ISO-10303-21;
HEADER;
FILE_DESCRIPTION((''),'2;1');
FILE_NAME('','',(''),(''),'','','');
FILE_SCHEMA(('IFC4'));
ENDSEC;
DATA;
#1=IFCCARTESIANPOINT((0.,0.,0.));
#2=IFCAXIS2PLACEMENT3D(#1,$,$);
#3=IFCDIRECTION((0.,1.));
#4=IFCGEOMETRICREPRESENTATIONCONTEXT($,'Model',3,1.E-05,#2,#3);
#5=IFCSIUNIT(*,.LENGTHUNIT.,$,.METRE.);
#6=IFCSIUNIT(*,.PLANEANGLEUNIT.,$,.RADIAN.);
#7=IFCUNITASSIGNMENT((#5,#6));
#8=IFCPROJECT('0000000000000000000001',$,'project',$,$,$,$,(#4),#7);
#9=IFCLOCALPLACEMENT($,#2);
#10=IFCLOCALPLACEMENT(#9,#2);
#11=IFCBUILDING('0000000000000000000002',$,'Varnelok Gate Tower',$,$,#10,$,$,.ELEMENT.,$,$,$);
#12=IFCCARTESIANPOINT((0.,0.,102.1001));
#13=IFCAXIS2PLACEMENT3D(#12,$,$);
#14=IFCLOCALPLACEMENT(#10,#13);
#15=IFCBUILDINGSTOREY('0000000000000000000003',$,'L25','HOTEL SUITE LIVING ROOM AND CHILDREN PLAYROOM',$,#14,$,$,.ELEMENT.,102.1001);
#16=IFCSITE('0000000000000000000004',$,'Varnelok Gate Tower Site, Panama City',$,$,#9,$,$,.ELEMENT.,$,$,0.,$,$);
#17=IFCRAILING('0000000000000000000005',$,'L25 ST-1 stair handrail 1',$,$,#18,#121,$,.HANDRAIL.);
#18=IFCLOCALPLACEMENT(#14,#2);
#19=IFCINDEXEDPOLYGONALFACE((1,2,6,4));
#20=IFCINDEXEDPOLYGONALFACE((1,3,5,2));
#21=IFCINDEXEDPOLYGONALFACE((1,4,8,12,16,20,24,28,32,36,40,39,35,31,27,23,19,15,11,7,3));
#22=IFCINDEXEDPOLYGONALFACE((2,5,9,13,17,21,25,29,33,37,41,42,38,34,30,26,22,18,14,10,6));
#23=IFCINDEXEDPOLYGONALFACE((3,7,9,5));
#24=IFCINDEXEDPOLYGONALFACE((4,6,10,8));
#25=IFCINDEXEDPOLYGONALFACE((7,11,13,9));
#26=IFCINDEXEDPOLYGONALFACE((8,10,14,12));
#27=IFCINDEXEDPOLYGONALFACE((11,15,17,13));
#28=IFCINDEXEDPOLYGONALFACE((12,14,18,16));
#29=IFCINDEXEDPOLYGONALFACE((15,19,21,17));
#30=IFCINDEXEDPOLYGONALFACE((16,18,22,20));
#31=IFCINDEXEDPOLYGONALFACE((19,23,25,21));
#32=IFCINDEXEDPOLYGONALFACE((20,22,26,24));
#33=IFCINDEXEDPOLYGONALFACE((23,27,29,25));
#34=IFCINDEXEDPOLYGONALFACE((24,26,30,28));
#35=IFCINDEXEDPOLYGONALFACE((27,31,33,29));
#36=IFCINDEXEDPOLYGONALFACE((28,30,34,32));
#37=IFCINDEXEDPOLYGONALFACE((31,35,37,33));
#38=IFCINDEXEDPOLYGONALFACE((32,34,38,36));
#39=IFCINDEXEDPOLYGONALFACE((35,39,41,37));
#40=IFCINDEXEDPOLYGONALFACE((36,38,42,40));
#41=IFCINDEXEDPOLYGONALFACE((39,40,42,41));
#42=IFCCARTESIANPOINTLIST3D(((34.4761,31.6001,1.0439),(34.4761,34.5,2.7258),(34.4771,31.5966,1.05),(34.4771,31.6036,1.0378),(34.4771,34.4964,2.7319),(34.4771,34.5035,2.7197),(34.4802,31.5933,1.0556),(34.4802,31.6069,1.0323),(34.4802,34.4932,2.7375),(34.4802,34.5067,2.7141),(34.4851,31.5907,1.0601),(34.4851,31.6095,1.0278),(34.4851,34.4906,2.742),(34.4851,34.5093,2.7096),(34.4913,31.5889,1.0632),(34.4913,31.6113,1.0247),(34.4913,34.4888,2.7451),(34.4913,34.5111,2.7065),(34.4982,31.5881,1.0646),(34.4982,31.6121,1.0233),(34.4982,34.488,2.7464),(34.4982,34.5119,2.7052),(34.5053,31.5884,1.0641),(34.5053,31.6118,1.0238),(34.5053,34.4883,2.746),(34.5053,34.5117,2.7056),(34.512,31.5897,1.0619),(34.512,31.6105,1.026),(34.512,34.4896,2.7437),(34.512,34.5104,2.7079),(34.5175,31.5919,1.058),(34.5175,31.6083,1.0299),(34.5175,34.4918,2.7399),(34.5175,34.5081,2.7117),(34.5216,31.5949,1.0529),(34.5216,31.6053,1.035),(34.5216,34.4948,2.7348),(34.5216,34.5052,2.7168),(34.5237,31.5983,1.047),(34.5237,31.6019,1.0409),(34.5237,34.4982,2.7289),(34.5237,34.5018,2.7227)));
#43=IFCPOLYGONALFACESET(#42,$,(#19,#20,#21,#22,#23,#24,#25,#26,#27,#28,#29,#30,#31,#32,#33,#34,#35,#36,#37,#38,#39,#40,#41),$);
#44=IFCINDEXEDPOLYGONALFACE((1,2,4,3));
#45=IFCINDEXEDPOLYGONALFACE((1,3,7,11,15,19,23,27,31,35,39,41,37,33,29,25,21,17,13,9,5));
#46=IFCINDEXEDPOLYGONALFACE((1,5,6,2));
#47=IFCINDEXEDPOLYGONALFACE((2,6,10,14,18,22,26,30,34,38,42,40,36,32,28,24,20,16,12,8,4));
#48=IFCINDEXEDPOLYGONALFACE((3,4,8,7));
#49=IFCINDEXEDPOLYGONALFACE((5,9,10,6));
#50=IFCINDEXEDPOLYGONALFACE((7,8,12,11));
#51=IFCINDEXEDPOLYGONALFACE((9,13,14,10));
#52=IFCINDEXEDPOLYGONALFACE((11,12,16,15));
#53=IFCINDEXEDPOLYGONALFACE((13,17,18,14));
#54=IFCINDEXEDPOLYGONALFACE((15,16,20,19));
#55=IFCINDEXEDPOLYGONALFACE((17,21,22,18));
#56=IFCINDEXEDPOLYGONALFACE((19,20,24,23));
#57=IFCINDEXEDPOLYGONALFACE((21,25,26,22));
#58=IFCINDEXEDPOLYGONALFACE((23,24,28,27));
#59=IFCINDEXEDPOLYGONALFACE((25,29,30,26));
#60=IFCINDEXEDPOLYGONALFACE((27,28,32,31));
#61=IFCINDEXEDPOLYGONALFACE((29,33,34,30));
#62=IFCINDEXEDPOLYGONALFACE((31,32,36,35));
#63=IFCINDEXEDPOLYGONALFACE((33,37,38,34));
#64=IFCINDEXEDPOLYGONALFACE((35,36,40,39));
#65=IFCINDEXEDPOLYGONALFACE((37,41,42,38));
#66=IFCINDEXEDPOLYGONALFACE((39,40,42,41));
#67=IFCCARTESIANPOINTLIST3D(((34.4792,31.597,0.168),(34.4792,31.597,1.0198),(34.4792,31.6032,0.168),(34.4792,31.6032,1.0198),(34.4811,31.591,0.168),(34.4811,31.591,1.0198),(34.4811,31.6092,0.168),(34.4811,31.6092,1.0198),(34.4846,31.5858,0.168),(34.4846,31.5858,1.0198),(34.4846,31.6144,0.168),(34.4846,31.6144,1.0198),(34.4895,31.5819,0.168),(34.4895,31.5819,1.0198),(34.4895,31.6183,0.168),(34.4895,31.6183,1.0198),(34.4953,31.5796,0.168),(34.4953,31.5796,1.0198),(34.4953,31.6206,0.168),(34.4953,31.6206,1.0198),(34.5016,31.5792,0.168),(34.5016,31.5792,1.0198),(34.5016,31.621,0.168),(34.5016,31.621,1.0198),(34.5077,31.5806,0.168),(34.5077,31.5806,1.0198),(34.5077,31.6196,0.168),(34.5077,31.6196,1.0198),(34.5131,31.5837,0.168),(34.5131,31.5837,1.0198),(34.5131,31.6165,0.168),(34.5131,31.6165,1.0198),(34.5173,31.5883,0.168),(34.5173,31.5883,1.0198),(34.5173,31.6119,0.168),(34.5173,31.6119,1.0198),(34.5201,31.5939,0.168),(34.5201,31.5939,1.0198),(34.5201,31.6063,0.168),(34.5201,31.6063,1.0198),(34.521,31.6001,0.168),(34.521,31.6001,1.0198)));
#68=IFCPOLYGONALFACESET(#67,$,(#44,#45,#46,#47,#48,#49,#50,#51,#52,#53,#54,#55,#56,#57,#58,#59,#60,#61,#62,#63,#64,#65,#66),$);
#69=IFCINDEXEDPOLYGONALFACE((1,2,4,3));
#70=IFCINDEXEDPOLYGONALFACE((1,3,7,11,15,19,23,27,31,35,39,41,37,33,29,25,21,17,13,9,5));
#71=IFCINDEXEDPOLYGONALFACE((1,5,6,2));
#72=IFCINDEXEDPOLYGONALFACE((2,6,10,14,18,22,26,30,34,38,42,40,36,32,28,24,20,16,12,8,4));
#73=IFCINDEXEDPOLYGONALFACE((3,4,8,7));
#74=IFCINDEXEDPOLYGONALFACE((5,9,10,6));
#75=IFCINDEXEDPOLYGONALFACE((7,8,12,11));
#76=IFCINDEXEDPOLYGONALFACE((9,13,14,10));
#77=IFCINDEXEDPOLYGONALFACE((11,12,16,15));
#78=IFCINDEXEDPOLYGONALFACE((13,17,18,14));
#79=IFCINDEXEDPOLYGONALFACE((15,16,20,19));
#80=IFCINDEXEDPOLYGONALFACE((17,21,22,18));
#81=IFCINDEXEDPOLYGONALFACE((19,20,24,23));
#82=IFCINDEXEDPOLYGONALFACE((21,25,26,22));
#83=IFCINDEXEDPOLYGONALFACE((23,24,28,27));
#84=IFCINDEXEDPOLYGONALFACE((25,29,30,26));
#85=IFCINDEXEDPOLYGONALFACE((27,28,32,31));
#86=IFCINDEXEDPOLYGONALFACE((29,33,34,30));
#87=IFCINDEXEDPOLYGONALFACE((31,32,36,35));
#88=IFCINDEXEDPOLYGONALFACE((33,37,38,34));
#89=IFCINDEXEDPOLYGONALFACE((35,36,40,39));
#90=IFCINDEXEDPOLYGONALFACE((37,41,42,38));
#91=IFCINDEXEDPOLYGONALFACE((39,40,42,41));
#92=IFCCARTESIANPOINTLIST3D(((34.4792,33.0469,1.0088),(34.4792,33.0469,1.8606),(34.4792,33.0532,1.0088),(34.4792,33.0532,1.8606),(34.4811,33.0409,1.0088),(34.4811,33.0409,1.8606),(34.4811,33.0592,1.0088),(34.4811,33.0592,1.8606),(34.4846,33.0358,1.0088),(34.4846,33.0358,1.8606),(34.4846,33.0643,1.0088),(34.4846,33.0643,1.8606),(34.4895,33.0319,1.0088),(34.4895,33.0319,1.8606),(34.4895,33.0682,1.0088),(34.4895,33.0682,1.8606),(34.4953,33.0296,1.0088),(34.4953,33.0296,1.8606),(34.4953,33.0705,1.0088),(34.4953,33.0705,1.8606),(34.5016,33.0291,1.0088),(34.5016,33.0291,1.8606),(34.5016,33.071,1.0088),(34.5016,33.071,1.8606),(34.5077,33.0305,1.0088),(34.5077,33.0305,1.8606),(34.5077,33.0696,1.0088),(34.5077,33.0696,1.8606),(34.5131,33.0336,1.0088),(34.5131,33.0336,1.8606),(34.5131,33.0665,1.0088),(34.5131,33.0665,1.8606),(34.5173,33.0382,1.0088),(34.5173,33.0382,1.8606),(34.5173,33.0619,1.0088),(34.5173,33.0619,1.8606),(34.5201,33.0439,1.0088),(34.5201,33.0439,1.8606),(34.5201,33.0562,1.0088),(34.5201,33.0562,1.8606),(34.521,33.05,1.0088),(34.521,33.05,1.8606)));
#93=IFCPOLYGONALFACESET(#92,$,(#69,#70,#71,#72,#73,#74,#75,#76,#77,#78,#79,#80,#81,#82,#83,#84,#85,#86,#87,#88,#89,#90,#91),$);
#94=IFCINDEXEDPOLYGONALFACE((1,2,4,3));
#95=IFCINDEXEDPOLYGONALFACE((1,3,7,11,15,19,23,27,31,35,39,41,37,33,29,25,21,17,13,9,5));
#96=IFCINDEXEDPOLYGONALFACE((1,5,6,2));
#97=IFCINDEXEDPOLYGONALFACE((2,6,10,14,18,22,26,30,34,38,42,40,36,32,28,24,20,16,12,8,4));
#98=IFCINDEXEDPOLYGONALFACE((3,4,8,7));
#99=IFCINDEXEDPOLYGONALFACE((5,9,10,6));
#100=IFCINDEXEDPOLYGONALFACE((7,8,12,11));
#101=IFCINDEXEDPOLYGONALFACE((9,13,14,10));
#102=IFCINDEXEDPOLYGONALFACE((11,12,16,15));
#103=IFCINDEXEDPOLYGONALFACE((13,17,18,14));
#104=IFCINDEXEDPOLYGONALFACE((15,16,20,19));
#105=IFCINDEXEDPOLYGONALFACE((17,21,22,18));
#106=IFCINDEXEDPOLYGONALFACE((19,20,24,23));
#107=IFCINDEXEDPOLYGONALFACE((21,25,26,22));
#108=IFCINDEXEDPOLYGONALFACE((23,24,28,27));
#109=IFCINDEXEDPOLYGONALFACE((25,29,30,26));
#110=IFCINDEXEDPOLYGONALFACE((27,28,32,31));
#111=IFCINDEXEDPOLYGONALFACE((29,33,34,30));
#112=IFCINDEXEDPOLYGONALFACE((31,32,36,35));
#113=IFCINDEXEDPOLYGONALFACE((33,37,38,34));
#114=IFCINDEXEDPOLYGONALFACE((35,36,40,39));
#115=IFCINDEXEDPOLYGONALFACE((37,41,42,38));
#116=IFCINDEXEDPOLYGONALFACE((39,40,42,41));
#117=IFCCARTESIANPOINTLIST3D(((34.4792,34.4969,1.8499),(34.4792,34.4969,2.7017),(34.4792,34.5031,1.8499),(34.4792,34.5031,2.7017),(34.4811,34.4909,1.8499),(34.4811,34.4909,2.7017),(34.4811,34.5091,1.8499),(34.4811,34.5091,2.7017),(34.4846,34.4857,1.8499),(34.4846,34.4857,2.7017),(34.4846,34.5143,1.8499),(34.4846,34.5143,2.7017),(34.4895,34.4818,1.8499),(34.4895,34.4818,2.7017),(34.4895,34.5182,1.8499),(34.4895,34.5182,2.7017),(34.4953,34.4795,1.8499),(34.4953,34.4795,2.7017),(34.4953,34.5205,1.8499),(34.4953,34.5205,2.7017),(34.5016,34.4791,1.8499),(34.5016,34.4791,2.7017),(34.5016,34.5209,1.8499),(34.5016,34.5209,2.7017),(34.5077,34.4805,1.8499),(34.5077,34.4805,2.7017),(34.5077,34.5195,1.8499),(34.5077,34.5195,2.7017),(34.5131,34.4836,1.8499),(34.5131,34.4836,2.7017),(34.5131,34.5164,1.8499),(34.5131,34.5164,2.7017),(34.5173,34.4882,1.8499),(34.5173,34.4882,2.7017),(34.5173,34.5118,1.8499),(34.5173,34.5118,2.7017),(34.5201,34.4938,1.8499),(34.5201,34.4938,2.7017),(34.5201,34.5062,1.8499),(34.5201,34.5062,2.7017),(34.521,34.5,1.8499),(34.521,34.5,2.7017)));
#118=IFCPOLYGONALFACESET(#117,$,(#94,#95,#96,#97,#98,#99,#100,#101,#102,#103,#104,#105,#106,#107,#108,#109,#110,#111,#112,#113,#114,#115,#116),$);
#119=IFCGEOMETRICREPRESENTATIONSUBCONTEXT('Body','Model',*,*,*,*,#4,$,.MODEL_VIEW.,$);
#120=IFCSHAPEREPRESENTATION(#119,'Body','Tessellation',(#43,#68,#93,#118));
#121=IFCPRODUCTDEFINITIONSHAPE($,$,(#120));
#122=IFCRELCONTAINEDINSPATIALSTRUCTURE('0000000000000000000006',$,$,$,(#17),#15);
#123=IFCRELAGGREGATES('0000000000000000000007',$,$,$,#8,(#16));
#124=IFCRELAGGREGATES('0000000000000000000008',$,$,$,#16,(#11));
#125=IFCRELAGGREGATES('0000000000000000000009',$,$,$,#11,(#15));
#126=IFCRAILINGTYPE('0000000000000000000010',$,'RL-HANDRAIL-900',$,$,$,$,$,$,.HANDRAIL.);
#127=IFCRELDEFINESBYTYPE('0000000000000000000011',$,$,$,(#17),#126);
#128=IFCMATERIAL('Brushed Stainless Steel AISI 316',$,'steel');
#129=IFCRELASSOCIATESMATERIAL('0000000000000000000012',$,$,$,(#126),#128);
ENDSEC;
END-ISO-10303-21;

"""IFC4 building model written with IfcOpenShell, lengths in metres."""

from ifc_helpers import new_model, si_unit, direction, frame, origin, origin_2d, place, context, subcontext, project, spatial, circle, extrude, material, type_object, element, save


model = new_model("IFC4")

# Units and contexts
model_context = context("Model", 3, precision=1e-05, world=origin(), true_north=direction((0.0, 1.0)))
body_context = subcontext(model_context, "Body", "Model", "MODEL_VIEW")
ifc_project = project(units=[si_unit("LENGTHUNIT", "METRE"), si_unit("PLANEANGLEUNIT", "RADIAN")], contexts=[model_context])

# Site, building, storey
site_placement = place(None, origin())
site = spatial("IfcSite", under=ifc_project, at=site_placement, Name="Varnelok Gate Tower Site, Panama City", CompositionType="ELEMENT", RefElevation=0.0)
building_placement = place(site_placement, origin())
building = spatial("IfcBuilding", under=site, at=building_placement, Name="Varnelok Gate Tower", CompositionType="ELEMENT")
storey_placement = place(building_placement, frame((0.0, 0.0, 102.1001)))
storey = spatial("IfcBuildingStorey", under=building, at=storey_placement, Name="L25", Description="HOTEL SUITE LIVING ROOM AND CHILDREN PLAYROOM", CompositionType="ELEMENT", Elevation=102.1001)

# Railing
ifc_material_1 = material(Name="Brushed Stainless Steel AISI 316", Category="steel")
railing_type_1 = type_object("IfcRailingType", Name="RL-HANDRAIL-900", PredefinedType="HANDRAIL", material=ifc_material_1)
railing_1_placement = place(storey_placement, frame((34.5, 31.6001, 0.168)))
element("IfcRailing", 1, at=railing_1_placement, inside=storey, type_object=railing_type_1, Name="L25 ST-1 stair handrail 1", PredefinedType="HANDRAIL", context=body_context, shape_type="SweptSolid", body=[
    extrude(circle(Radius=0.0239, at=origin_2d()), frame((0.0, 0.0, 0.876), z_axis=(0.0, 0.865039, 0.501705), x_axis=(-1.0, 0.0, 0.0)), (0.0, 0.0, 1.0), 3.3523),
    extrude(circle(Radius=0.021, at=origin_2d()), origin(), (0.0, 0.0, 1.0), 0.8518),
    extrude(circle(Radius=0.021, at=origin_2d()), frame((0.0, 1.45, 0.8408)), (0.0, 0.0, 1.0), 0.8518),
    extrude(circle(Radius=0.021, at=origin_2d()), frame((0.0, 2.8999, 1.6819)), (0.0, 0.0, 1.0), 0.8518),
])

save(model, "model.ifc")
